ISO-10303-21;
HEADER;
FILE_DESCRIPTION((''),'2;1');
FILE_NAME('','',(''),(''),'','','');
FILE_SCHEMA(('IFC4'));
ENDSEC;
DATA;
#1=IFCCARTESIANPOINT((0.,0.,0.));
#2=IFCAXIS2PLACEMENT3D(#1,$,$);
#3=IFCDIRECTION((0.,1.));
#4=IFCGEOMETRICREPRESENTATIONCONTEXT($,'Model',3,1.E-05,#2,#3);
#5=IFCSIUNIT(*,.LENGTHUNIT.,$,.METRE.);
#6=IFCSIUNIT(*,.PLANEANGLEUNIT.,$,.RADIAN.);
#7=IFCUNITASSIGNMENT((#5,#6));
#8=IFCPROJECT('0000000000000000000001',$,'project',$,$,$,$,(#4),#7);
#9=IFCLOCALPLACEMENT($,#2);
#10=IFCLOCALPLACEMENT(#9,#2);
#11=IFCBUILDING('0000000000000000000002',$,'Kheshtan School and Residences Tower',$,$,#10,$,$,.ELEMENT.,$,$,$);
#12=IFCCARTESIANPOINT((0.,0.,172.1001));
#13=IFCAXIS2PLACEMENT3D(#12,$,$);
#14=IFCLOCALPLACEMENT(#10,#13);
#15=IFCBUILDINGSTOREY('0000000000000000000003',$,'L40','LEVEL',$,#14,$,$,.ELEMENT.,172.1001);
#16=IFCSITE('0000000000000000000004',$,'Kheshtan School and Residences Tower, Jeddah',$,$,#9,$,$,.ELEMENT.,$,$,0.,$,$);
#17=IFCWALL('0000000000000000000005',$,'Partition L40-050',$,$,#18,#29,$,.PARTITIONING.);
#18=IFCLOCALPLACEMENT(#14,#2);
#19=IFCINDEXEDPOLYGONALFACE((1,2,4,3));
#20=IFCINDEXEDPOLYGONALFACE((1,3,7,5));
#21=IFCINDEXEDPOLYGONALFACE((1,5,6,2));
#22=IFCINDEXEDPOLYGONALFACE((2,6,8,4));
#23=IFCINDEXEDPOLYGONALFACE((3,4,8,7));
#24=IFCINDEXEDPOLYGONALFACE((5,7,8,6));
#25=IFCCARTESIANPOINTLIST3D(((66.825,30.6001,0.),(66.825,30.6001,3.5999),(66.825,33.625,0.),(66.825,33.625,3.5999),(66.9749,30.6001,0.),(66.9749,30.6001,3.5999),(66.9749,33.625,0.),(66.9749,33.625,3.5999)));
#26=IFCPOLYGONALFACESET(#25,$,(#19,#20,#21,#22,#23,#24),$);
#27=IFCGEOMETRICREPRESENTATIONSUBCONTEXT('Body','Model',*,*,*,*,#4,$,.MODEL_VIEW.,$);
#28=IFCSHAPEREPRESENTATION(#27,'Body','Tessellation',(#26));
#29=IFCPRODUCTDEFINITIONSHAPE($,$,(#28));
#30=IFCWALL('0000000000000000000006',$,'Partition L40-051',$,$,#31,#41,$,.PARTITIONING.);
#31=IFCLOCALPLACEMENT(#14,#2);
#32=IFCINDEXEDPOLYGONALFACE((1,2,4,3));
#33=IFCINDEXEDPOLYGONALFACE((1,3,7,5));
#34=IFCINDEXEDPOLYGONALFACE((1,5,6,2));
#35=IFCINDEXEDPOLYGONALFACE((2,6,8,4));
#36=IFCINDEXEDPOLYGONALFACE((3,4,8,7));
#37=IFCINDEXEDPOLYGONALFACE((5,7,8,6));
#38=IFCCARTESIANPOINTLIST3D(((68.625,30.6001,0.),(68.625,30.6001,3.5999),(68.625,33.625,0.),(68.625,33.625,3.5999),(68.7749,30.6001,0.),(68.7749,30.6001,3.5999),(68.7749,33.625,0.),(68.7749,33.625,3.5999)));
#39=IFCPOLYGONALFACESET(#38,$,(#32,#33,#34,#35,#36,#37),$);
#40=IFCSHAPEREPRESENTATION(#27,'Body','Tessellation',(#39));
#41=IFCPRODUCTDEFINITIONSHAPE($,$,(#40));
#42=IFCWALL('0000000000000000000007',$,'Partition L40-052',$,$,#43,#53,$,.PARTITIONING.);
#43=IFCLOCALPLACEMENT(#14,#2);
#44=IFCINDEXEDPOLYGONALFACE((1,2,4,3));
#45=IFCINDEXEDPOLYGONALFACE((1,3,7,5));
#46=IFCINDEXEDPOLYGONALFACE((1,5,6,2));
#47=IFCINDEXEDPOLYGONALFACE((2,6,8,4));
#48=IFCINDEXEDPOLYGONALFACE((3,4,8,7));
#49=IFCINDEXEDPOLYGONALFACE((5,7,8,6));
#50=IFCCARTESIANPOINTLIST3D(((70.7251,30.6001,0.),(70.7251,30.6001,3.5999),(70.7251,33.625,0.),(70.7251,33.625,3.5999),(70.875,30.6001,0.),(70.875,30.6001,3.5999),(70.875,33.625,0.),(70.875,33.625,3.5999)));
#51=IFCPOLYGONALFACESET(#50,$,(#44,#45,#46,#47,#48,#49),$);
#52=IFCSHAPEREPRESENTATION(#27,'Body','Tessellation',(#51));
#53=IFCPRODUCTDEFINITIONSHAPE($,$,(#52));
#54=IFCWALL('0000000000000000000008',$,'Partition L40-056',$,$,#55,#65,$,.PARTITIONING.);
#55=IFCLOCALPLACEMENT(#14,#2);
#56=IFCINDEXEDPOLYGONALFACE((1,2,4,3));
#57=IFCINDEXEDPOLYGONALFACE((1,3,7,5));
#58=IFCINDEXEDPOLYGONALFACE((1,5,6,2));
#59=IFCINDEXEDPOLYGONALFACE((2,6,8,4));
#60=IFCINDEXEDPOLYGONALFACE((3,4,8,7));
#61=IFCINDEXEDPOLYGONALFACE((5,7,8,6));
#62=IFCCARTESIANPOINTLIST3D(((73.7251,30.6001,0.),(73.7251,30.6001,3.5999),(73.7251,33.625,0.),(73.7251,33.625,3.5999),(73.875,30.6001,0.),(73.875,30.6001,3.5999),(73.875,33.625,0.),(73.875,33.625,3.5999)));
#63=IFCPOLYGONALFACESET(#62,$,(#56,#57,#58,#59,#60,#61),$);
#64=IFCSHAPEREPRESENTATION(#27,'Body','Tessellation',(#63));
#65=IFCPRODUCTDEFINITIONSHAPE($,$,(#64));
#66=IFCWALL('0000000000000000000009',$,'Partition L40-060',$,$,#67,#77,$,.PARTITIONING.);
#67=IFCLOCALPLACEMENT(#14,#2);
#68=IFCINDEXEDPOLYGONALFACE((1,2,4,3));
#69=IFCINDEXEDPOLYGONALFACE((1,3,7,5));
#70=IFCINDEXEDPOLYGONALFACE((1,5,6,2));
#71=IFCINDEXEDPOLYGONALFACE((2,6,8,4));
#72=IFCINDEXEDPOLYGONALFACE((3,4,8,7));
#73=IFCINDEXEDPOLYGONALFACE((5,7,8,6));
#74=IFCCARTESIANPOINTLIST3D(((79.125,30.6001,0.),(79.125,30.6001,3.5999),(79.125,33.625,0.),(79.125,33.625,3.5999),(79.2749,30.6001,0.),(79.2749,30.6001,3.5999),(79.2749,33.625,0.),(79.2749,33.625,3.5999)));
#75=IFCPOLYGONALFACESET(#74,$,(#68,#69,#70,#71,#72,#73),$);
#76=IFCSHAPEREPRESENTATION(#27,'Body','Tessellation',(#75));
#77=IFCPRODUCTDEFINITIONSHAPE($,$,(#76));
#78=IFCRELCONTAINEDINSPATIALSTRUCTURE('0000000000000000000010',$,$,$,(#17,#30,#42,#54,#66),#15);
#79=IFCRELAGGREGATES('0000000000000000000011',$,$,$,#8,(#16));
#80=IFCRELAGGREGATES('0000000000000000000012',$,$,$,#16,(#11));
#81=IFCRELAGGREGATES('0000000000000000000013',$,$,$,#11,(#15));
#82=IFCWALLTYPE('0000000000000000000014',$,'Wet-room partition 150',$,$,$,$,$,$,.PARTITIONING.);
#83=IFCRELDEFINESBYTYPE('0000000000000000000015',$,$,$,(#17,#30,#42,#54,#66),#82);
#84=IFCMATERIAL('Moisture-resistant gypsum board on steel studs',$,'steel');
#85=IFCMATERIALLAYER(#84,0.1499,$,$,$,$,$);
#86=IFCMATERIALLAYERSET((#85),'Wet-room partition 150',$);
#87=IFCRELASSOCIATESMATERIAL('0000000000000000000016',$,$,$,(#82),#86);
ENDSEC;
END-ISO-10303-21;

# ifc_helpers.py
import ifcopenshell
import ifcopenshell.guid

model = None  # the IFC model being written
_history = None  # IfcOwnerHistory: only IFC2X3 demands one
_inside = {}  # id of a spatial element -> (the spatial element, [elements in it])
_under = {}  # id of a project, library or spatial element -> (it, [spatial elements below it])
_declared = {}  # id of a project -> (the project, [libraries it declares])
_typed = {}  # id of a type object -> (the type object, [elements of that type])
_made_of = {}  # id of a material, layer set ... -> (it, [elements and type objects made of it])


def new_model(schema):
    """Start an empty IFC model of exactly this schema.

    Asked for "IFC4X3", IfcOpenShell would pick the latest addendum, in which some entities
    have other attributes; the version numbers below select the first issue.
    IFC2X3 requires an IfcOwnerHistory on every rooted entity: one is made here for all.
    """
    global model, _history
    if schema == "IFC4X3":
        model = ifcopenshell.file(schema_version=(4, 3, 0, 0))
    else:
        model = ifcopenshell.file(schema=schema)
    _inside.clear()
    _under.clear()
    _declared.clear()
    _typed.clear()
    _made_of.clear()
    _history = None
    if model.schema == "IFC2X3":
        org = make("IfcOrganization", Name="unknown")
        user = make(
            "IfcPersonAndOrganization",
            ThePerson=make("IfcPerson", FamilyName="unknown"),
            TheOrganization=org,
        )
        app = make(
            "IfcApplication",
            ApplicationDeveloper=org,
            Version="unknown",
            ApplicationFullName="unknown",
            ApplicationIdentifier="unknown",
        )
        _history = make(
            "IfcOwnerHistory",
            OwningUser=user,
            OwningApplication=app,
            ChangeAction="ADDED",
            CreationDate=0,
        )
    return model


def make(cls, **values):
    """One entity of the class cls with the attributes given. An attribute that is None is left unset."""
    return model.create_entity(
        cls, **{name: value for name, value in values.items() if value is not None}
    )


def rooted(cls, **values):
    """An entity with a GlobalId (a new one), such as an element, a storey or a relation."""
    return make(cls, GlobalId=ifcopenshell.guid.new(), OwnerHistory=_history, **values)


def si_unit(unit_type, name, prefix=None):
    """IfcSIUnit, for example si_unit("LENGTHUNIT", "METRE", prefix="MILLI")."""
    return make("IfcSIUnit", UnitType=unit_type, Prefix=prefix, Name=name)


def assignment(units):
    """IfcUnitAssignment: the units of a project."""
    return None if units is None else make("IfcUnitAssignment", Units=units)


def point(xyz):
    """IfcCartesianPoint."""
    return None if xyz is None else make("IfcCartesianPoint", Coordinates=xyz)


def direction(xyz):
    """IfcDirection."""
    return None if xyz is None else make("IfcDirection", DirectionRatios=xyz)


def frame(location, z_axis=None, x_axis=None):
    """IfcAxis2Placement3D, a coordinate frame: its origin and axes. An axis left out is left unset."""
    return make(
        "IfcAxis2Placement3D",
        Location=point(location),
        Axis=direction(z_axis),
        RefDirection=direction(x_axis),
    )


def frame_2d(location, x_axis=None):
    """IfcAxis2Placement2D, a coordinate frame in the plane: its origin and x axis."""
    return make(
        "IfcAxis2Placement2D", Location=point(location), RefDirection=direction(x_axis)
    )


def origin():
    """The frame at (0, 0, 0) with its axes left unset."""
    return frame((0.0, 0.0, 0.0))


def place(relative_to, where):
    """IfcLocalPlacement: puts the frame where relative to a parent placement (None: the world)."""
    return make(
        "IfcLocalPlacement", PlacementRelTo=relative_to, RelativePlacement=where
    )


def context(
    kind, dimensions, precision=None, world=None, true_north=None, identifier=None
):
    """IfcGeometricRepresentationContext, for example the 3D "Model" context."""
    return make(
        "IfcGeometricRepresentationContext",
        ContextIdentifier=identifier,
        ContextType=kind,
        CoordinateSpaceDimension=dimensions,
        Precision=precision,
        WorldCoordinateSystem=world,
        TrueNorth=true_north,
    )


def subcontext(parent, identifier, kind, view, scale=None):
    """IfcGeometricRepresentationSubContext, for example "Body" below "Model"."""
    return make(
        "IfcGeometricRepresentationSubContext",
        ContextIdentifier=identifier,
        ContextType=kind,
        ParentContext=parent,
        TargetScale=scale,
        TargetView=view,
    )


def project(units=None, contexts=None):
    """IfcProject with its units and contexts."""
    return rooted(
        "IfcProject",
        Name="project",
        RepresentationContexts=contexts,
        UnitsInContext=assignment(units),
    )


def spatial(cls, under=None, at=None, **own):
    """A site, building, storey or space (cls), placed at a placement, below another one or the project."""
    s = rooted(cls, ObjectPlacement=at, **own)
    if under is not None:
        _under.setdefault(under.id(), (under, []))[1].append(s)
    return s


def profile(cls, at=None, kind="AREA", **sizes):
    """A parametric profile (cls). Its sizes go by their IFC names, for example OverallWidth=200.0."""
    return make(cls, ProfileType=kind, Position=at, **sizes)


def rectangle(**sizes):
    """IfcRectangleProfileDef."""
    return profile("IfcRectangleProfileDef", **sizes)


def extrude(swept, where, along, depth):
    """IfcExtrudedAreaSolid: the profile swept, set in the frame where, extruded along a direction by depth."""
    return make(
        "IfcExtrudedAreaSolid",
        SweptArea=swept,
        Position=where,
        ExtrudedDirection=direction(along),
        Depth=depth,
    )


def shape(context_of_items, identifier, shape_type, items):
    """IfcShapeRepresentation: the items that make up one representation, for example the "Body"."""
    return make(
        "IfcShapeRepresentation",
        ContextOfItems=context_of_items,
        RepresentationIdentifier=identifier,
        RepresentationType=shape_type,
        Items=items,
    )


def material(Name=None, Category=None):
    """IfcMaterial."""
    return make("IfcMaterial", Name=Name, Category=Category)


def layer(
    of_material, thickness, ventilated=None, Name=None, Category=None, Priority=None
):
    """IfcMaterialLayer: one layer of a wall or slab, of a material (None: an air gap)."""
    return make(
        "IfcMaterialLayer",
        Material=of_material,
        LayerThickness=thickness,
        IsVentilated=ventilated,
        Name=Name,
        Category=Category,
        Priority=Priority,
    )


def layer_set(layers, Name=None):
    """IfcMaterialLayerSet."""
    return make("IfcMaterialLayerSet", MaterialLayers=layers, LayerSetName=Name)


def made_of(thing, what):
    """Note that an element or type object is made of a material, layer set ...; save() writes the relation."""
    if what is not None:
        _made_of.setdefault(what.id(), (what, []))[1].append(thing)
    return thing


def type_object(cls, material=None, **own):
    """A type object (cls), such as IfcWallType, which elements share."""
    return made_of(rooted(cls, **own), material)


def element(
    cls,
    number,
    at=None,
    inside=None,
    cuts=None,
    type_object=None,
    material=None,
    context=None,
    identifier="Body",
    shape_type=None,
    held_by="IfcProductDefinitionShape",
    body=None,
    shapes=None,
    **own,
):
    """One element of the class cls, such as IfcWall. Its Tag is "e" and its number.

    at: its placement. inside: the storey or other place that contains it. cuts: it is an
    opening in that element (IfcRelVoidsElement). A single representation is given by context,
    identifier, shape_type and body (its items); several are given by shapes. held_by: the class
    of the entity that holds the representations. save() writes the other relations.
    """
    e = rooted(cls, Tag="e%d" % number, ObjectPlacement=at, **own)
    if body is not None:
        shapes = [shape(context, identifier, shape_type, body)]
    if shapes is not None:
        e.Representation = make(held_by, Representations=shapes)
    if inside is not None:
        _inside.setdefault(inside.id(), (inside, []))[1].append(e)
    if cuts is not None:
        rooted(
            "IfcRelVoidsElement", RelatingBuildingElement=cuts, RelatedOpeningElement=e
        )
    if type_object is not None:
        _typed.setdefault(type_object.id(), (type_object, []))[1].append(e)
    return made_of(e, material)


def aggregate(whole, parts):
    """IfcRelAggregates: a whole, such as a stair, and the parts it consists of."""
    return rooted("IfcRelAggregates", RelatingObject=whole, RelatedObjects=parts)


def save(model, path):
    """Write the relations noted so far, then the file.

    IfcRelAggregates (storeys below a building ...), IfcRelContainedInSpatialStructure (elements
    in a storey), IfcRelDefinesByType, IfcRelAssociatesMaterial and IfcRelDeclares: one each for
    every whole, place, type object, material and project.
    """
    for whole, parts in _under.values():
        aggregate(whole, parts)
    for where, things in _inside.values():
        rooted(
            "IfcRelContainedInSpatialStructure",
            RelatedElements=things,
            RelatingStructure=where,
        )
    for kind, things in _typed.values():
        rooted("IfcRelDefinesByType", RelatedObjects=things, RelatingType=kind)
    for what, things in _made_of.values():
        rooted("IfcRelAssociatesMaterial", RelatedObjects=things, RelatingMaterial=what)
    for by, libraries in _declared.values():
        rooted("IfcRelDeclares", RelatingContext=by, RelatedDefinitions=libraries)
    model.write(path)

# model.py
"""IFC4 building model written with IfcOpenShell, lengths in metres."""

from ifc_helpers import new_model, si_unit, direction, frame, frame_2d, origin, place, context, subcontext, project, spatial, rectangle, extrude, material, layer, layer_set, type_object, element, save


model = new_model("IFC4")

# Units and contexts
model_context = context("Model", 3, precision=1e-05, world=origin(), true_north=direction((0.0, 1.0)))
body_context = subcontext(model_context, "Body", "Model", "MODEL_VIEW")
ifc_project = project(units=[si_unit("LENGTHUNIT", "METRE"), si_unit("PLANEANGLEUNIT", "RADIAN")], contexts=[model_context])

# Site, building, storey
site_placement = place(None, origin())
site = spatial("IfcSite", under=ifc_project, at=site_placement, Name="Kheshtan School and Residences Tower, Jeddah", CompositionType="ELEMENT", RefElevation=0.0)
building_placement = place(site_placement, origin())
building = spatial("IfcBuilding", under=site, at=building_placement, Name="Kheshtan School and Residences Tower", CompositionType="ELEMENT")
storey_placement = place(building_placement, frame((0.0, 0.0, 172.1001)))
storey = spatial("IfcBuildingStorey", under=building, at=storey_placement, Name="L40", Description="LEVEL", CompositionType="ELEMENT", Elevation=172.1001)

# Walls
ifc_material_1 = material(Name="Moisture-resistant gypsum board on steel studs", Category="steel")
ifc_layer_1 = layer(ifc_material_1, 0.1499)
ifc_layer_set_1 = layer_set([ifc_layer_1], Name="Wet-room partition 150")
wall_type_1 = type_object("IfcWallType", Name="Wet-room partition 150", PredefinedType="PARTITIONING", material=ifc_layer_set_1)
for number, where, z_axis, x_axis, name in (
    (1, (66.8999, 30.6001, 0.0), (0.0, 0.0, 1.0), (0.0, 1.0, 0.0), "Partition L40-050"),
    (2, (68.7, 30.6001, 0.0), (0.0, 0.0, 1.0), (0.0, 1.0, 0.0), "Partition L40-051"),
    (3, (70.8, 30.6001, 0.0), (0.0, 0.0, 1.0), (0.0, 1.0, 0.0), "Partition L40-052"),
    (4, (73.8, 30.6001, 0.0), (0.0, 0.0, 1.0), (0.0, 1.0, 0.0), "Partition L40-056"),
    (5, (79.2, 30.6001, 0.0), (0.0, 0.0, 1.0), (0.0, 1.0, 0.0), "Partition L40-060"),
):
    element("IfcWall", number, at=place(storey_placement, frame(where, z_axis=z_axis, x_axis=x_axis)), inside=storey, type_object=wall_type_1, Name=name, PredefinedType="PARTITIONING", context=body_context, shape_type="SweptSolid", body=[
        extrude(rectangle(XDim=3.0249, YDim=0.1499, at=frame_2d((1.5125, 0.0))), origin(), (0.0, 0.0, 1.0), 3.5999),
    ])

save(model, "model.ifc")
